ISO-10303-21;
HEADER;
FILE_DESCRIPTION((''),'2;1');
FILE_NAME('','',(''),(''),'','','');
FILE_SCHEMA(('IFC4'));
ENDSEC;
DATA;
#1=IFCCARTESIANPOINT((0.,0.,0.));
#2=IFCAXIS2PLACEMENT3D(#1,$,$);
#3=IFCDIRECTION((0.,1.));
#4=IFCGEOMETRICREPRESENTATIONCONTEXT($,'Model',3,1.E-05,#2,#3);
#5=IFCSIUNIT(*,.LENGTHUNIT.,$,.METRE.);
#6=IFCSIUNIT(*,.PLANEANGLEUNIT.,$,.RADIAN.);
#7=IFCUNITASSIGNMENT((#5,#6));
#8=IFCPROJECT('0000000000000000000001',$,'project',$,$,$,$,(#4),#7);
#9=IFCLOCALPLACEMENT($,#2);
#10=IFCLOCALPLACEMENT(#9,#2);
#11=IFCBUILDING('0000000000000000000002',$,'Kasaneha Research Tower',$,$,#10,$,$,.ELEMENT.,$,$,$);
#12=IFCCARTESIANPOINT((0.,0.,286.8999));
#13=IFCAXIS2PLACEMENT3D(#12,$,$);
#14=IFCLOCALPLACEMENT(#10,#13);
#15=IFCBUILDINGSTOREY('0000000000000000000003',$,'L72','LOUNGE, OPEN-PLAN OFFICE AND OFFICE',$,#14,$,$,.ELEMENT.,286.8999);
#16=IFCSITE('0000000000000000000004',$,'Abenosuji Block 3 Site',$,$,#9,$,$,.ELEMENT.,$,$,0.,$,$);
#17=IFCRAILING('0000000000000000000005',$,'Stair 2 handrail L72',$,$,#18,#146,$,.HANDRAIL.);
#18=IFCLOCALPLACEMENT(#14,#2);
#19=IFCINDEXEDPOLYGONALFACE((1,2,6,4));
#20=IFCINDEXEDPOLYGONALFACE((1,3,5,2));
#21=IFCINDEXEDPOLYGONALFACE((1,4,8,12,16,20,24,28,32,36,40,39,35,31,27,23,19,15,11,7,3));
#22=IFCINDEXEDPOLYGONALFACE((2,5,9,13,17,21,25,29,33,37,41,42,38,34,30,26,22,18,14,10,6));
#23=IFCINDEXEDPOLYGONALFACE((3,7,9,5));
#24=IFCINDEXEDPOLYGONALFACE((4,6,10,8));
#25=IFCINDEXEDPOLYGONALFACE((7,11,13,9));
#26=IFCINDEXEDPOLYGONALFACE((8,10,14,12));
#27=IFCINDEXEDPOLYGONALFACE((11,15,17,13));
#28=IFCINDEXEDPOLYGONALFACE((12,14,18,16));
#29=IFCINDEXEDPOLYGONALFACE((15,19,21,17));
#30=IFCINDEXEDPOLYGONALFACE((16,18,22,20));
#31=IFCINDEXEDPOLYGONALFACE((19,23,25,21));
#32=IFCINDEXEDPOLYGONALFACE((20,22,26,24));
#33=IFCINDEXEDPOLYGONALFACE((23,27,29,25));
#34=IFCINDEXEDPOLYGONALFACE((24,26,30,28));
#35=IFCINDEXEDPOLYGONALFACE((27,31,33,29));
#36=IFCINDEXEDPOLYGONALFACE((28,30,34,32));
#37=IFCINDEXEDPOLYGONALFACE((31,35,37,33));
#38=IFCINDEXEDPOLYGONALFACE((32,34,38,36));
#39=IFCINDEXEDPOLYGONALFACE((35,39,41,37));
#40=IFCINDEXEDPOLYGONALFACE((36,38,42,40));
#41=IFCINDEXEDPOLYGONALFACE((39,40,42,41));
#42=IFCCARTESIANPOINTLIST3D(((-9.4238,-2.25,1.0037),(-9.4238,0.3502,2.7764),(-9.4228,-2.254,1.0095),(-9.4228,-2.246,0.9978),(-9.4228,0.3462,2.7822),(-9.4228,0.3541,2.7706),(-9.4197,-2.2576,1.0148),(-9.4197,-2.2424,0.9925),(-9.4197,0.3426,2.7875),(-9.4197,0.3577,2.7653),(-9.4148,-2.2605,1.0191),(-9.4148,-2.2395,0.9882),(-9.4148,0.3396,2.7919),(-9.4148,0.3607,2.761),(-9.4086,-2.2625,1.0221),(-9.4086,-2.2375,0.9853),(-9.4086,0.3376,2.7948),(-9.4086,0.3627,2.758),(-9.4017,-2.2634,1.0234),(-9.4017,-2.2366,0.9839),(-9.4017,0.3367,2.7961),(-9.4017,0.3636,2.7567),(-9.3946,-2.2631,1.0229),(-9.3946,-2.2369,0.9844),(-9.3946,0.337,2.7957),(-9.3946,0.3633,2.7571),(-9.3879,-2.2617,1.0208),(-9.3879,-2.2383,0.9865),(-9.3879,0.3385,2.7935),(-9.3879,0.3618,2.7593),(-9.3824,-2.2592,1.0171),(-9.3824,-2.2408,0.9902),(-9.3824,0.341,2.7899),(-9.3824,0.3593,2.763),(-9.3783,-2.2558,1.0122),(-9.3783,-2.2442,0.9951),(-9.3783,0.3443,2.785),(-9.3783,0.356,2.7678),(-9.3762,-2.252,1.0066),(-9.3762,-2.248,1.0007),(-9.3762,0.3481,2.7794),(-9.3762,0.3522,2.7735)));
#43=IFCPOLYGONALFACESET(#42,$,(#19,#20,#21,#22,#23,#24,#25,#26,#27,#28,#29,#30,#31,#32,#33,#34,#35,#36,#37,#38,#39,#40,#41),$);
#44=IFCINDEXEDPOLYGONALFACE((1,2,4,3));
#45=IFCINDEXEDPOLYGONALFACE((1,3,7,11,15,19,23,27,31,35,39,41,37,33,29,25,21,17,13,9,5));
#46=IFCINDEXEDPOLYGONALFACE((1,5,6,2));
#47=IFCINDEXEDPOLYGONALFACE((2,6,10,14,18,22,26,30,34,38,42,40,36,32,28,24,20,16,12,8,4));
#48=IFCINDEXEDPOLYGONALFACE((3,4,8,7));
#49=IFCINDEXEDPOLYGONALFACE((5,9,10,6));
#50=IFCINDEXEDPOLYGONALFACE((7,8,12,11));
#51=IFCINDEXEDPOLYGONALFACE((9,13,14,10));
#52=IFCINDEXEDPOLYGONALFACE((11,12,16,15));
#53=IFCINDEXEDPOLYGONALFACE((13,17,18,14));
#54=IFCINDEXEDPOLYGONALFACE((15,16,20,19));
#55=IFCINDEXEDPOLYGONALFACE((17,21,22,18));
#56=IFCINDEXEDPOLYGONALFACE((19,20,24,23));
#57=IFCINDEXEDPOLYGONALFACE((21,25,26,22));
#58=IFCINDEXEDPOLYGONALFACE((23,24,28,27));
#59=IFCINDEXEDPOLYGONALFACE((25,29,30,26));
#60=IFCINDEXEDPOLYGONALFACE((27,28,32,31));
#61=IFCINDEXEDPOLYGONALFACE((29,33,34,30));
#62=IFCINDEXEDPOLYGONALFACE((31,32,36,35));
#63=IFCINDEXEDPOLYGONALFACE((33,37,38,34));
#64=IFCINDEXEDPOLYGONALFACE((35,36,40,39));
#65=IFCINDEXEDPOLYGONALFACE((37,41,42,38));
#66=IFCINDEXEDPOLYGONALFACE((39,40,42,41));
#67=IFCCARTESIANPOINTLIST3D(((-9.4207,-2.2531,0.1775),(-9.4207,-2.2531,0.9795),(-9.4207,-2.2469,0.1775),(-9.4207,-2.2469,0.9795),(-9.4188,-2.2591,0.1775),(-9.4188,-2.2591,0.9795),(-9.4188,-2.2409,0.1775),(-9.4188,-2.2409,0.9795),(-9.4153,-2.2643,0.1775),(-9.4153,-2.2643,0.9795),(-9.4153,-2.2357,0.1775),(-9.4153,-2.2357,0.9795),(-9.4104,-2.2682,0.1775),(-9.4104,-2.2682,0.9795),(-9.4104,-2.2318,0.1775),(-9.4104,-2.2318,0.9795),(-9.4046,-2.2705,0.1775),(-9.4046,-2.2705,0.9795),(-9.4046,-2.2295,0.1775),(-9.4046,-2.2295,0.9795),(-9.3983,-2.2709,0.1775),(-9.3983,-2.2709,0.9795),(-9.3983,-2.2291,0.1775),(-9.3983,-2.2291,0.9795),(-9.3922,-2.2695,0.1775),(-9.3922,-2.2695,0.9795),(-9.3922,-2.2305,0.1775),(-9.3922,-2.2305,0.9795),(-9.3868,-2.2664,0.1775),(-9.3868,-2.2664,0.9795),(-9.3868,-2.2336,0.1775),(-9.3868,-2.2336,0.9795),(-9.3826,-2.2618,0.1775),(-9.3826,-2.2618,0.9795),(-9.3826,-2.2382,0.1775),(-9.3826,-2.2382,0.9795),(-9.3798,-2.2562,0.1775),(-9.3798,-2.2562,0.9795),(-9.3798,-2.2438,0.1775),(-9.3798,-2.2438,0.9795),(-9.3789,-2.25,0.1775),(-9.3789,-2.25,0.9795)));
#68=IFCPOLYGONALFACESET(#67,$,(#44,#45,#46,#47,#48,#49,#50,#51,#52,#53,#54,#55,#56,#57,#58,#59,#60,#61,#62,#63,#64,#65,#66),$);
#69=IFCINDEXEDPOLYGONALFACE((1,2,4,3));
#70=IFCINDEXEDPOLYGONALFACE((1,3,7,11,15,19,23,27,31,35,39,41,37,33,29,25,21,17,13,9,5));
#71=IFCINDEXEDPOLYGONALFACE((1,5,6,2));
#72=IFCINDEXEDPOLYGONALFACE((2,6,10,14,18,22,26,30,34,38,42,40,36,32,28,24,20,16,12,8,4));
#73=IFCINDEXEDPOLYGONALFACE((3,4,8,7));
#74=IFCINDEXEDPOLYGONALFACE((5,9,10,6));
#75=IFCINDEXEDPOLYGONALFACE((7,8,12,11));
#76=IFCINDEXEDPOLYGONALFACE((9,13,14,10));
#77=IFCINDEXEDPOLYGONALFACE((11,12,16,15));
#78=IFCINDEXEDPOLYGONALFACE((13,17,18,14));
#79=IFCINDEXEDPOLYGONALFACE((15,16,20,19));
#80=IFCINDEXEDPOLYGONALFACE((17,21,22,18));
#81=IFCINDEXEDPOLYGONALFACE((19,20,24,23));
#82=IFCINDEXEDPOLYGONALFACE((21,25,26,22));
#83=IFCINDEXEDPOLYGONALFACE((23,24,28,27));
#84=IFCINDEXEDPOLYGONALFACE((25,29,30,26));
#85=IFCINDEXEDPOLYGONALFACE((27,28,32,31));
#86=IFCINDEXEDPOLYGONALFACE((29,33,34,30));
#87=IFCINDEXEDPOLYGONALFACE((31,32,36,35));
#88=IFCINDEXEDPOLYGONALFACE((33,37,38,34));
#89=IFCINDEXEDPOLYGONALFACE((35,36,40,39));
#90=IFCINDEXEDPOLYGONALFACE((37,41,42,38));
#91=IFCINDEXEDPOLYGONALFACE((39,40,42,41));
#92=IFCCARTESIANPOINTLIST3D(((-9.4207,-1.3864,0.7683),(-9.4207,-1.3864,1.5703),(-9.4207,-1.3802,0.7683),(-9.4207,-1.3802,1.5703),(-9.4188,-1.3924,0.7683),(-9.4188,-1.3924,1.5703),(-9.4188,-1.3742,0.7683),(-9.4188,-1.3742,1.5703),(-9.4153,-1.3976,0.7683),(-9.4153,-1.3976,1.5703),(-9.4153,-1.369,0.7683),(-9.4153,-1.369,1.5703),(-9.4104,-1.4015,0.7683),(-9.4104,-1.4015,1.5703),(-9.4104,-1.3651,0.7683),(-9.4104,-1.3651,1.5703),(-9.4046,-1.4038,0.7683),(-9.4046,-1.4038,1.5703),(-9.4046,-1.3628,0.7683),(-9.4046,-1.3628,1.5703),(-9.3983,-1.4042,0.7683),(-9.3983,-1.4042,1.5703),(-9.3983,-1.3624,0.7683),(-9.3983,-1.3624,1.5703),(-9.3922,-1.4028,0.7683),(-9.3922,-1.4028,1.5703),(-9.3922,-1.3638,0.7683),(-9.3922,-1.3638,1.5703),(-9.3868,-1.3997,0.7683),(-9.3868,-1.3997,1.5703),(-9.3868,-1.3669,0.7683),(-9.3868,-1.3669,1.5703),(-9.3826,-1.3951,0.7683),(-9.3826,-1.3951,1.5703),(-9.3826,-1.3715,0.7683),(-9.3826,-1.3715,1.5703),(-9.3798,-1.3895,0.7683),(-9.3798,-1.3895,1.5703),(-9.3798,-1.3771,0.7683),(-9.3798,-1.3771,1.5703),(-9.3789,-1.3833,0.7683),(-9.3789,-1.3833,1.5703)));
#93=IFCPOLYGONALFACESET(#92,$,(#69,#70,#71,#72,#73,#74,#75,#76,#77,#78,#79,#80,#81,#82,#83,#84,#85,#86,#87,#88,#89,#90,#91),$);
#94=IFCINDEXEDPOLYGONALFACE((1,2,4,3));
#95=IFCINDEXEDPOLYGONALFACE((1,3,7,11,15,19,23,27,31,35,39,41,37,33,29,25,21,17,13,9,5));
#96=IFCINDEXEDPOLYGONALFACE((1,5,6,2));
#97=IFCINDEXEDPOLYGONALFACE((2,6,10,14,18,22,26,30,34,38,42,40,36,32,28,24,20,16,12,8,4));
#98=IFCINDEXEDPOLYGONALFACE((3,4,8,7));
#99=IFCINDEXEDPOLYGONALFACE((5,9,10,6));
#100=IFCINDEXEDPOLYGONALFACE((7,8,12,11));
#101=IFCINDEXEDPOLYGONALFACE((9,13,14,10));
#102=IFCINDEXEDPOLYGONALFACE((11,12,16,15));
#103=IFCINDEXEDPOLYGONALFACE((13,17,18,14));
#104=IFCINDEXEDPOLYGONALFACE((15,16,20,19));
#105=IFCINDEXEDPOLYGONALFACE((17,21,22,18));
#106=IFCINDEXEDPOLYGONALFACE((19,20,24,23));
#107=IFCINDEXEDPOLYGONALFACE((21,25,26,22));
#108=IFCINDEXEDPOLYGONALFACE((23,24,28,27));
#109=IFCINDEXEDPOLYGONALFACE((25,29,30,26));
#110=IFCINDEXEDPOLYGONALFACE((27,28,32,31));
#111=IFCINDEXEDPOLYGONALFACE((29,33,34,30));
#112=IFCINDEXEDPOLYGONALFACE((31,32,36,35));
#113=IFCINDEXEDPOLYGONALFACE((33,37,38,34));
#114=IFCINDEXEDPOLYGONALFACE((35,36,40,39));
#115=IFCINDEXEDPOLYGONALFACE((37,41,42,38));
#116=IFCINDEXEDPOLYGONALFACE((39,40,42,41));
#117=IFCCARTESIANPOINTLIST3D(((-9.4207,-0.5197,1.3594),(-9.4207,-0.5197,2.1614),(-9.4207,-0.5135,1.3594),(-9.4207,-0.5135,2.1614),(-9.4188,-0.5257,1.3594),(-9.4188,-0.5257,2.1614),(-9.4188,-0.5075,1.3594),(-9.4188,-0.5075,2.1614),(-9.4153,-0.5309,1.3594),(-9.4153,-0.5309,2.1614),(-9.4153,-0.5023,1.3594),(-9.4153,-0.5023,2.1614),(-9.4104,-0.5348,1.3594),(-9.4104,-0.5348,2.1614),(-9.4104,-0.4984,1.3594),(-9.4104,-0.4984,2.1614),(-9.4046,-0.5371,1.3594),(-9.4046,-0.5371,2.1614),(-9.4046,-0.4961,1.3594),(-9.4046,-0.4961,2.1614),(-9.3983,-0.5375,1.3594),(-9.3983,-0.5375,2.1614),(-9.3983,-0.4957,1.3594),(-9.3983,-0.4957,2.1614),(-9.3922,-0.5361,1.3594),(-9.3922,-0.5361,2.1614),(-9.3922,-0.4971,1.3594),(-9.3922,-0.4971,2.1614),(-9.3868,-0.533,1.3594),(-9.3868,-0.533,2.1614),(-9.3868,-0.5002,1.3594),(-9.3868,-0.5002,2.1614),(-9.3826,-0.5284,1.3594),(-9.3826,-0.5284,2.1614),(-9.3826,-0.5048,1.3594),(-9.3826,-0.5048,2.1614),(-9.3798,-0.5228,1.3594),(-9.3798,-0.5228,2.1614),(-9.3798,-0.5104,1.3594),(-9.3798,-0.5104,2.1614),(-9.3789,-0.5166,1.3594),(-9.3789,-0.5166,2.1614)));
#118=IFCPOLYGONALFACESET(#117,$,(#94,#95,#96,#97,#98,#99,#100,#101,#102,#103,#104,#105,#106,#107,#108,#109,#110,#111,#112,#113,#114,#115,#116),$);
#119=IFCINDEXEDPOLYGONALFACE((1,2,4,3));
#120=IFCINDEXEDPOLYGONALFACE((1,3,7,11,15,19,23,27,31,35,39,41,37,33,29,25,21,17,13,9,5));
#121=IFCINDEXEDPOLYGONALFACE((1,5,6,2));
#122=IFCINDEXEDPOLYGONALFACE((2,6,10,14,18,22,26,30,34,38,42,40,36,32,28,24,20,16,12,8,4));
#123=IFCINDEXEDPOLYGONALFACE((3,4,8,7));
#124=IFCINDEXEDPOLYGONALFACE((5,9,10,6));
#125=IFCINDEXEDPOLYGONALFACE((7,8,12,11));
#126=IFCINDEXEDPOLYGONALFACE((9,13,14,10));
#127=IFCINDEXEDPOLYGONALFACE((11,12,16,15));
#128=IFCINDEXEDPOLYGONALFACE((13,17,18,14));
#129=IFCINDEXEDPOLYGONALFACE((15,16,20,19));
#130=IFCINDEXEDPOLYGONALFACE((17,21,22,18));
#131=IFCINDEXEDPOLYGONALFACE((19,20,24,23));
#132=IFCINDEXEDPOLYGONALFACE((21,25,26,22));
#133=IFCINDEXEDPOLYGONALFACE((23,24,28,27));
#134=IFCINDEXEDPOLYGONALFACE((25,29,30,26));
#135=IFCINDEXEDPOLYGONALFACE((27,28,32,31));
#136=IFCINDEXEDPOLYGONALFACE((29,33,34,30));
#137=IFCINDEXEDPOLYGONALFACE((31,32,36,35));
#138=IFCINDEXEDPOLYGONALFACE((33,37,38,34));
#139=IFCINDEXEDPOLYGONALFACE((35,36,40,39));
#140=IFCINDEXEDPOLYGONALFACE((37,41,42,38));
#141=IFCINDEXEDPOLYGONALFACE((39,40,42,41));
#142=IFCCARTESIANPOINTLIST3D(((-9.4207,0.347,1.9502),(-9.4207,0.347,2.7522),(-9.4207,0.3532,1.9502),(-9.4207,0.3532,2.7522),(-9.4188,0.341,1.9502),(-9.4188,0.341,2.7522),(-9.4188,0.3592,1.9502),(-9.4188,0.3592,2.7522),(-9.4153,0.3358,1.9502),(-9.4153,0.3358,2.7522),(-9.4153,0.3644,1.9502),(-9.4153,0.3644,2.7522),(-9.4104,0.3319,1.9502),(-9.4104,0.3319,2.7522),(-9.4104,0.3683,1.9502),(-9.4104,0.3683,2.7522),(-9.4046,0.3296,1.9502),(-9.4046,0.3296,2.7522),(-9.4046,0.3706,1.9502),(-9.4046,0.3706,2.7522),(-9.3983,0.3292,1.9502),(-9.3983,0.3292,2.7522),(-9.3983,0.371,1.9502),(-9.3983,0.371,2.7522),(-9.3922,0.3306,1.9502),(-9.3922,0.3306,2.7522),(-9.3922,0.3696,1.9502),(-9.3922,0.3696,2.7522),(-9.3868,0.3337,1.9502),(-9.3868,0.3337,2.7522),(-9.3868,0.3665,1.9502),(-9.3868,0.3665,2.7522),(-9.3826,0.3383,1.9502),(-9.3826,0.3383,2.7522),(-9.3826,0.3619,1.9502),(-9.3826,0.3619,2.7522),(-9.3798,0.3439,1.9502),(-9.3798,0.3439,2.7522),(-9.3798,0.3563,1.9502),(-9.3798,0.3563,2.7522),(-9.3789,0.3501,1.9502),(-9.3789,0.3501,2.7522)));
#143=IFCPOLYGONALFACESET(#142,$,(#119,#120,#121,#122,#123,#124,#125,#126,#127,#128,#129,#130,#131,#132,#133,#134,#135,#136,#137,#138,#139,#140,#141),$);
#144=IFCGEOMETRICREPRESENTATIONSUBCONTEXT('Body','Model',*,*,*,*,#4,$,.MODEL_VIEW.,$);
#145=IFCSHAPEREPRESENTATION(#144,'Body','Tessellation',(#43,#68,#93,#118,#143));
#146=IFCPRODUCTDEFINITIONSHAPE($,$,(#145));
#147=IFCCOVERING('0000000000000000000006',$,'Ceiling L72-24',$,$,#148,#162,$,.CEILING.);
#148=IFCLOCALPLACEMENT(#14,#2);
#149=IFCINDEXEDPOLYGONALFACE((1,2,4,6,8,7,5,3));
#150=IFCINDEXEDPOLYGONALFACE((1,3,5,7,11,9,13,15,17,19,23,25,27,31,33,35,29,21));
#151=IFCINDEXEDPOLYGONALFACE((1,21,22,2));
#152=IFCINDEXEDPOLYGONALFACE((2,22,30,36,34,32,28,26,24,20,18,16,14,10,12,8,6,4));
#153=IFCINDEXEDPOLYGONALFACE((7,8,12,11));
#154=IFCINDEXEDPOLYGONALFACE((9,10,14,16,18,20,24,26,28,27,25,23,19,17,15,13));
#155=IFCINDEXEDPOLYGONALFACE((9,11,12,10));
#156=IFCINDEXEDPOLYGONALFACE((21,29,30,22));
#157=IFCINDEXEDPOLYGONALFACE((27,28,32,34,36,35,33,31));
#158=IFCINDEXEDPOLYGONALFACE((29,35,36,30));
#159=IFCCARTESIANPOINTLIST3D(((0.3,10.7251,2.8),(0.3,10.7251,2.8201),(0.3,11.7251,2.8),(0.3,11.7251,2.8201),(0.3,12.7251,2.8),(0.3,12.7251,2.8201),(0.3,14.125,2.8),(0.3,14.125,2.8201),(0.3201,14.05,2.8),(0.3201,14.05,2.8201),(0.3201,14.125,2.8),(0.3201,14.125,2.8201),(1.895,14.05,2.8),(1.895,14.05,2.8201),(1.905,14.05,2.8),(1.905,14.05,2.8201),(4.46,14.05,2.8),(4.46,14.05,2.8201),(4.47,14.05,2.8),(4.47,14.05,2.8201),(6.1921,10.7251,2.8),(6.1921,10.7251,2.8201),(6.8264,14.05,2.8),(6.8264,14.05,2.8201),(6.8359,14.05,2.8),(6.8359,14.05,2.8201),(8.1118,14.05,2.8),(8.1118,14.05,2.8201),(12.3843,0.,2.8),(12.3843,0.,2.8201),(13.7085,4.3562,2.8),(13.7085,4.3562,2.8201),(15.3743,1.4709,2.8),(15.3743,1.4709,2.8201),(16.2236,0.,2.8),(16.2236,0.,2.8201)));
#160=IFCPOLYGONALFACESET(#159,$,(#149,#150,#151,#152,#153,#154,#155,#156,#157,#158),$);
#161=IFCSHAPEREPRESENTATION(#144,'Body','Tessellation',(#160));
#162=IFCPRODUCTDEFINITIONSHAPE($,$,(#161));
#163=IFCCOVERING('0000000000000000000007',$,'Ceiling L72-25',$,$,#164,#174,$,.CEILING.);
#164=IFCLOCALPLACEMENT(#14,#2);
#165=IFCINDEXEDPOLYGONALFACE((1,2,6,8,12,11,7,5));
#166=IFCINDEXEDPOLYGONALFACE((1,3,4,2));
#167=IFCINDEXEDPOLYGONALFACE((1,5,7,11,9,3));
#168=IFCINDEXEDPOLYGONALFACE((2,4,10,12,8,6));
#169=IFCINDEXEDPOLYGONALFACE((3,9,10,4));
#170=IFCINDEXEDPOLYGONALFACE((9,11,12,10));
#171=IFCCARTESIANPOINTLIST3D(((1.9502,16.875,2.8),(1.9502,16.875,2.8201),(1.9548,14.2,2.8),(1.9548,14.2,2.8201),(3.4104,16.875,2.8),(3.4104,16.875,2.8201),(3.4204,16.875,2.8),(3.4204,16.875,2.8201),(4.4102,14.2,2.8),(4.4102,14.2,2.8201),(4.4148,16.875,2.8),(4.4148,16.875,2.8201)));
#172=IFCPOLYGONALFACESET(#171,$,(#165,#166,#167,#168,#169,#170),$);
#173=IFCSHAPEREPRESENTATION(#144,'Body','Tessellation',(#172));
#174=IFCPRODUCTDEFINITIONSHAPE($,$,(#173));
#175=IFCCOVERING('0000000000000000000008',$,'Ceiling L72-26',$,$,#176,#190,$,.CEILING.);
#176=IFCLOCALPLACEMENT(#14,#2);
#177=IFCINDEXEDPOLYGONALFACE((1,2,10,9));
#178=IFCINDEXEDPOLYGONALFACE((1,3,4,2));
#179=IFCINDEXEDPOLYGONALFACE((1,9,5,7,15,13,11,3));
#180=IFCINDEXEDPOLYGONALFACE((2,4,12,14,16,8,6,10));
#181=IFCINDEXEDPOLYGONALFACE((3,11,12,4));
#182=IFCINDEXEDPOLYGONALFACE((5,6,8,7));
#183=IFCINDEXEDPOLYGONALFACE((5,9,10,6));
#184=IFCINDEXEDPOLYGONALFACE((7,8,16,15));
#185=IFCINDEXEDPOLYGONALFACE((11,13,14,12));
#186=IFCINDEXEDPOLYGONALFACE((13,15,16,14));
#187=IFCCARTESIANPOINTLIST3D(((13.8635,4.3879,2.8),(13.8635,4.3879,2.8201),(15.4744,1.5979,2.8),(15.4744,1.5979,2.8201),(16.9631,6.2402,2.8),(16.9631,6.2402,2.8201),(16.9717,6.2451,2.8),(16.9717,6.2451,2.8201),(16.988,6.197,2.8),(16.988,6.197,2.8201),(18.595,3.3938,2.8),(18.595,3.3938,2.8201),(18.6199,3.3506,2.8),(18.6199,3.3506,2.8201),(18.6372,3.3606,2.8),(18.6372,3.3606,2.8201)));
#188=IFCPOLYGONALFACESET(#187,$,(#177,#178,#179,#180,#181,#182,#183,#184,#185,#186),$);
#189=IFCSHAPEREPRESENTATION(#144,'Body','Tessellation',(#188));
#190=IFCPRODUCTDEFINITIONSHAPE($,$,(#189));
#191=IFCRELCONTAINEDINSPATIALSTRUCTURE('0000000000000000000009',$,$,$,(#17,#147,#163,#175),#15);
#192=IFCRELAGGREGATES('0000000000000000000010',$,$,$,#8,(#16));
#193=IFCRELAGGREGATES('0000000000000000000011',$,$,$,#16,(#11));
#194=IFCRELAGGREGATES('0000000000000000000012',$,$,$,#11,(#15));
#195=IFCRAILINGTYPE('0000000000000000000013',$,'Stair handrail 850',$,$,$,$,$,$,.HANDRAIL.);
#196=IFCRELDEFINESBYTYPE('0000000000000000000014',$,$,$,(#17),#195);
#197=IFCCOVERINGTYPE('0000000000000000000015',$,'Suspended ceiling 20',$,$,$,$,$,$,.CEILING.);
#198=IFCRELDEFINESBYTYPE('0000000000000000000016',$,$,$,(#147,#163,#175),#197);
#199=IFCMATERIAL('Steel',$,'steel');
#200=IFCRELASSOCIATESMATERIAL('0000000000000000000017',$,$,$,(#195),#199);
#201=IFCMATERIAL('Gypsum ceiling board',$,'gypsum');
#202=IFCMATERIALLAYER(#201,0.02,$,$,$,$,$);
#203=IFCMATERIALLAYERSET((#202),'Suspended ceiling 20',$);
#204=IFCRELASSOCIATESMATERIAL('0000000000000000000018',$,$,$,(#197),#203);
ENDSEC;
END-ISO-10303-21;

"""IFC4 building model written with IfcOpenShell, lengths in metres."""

from ifc_helpers import new_model, si_unit, direction, frame, origin, origin_2d, place, context, subcontext, project, spatial, polyline, circle, outline, extrude, material, layer, layer_set, type_object, element, save


model = new_model("IFC4")

# Units and contexts
model_context = context("Model", 3, precision=1e-05, world=origin(), true_north=direction((0.0, 1.0)))
body_context = subcontext(model_context, "Body", "Model", "MODEL_VIEW")
ifc_project = project(units=[si_unit("LENGTHUNIT", "METRE"), si_unit("PLANEANGLEUNIT", "RADIAN")], contexts=[model_context])

# Site, building, storey
site_placement = place(None, origin())
site = spatial("IfcSite", under=ifc_project, at=site_placement, Name="Abenosuji Block 3 Site", CompositionType="ELEMENT", RefElevation=0.0)
building_placement = place(site_placement, origin())
building = spatial("IfcBuilding", under=site, at=building_placement, Name="Kasaneha Research Tower", CompositionType="ELEMENT")
storey_placement = place(building_placement, frame((0.0, 0.0, 286.8999)))
storey = spatial("IfcBuildingStorey", under=building, at=storey_placement, Name="L72", Description="LOUNGE, OPEN-PLAN OFFICE AND OFFICE", CompositionType="ELEMENT", Elevation=286.8999)

# Railing
ifc_material_1 = material(Name="Steel", Category="steel")
railing_type = type_object("IfcRailingType", Name="Stair handrail 850", PredefinedType="HANDRAIL", material=ifc_material_1)
railing_placement = place(storey_placement, frame((-9.3999, -2.25, 0.1775)))
element("IfcRailing", 1, at=railing_placement, inside=storey, type_object=railing_type, Name="Stair 2 handrail L72", PredefinedType="HANDRAIL", context=body_context, shape_type="SweptSolid", body=[
    extrude(circle(Radius=0.0239, at=origin_2d()), frame((0.0, 0.0, 0.8262), z_axis=(0.0, 0.82624, 0.563318), x_axis=(-1.0, 0.0, 0.0)), (0.0, 0.0, 1.0), 3.147),
    extrude(circle(Radius=0.021, at=origin_2d()), origin(), (0.0, 0.0, 1.0), 0.802),
    extrude(circle(Radius=0.021, at=origin_2d()), frame((0.0, 0.8667, 0.5908)), (0.0, 0.0, 1.0), 0.802),
    extrude(circle(Radius=0.021, at=origin_2d()), frame((0.0, 1.7334, 1.1819)), (0.0, 0.0, 1.0), 0.802),
    extrude(circle(Radius=0.021, at=origin_2d()), frame((0.0, 2.6001, 1.7727)), (0.0, 0.0, 1.0), 0.802),
])

# Coverings
ifc_material_2 = material(Name="Gypsum ceiling board", Category="gypsum")
ifc_layer_1 = layer(ifc_material_2, 0.02)
ifc_layer_set_1 = layer_set([ifc_layer_1], Name="Suspended ceiling 20")
covering_type_1 = type_object("IfcCoveringType", Name="Suspended ceiling 20", PredefinedType="CEILING", material=ifc_layer_set_1)
covering_1_placement = place(storey_placement, frame((0.0, 0.0, 2.8)))
element("IfcCovering", 2, at=covering_1_placement, inside=storey, type_object=covering_type_1, Name="Ceiling L72-24", PredefinedType="CEILING", context=body_context, shape_type="SweptSolid", body=[
    extrude(outline(polyline([(6.1921, 10.7251), (0.3, 10.7251), (0.3, 11.7251), (0.3, 12.7251), (0.3, 14.125), (0.3201, 14.125), (0.3201, 14.05), (1.895, 14.05), (1.905, 14.05), (4.46, 14.05), (4.47, 14.05), (6.8264, 14.05), (6.8359, 14.05), (8.1118, 14.05), (13.7085, 4.3562), (13.7085, 4.3562), (15.3743, 1.4709), (15.3743, 1.4709), (16.2236, 0.0), (12.3843, 0.0), (6.1921, 10.7251)])), origin(), (0.0, 0.0, 1.0), 0.02),
])
covering_2_placement = place(storey_placement, frame((0.0, 0.0, 2.8)))
element("IfcCovering", 3, at=covering_2_placement, inside=storey, type_object=covering_type_1, Name="Ceiling L72-25", PredefinedType="CEILING", context=body_context, shape_type="SweptSolid", body=[
    extrude(outline(polyline([(4.4102, 14.2), (1.9548, 14.2), (1.9502, 16.875), (3.4104, 16.875), (3.4204, 16.875), (4.4148, 16.875), (4.4102, 14.2)])), origin(), (0.0, 0.0, 1.0), 0.02),
])
covering_3_placement = place(storey_placement, frame((0.0, 0.0, 2.8)))
element("IfcCovering", 4, at=covering_3_placement, inside=storey, type_object=covering_type_1, Name="Ceiling L72-26", PredefinedType="CEILING", context=body_context, shape_type="SweptSolid", body=[
    extrude(outline(polyline([(18.6199, 3.3506), (18.595, 3.3938), (15.4744, 1.5979), (13.8635, 4.3879), (16.988, 6.197), (16.9631, 6.2402), (16.9717, 6.2451), (18.6372, 3.3606), (18.6199, 3.3506)])), origin(), (0.0, 0.0, 1.0), 0.02),
])

save(model, "model.ifc")
